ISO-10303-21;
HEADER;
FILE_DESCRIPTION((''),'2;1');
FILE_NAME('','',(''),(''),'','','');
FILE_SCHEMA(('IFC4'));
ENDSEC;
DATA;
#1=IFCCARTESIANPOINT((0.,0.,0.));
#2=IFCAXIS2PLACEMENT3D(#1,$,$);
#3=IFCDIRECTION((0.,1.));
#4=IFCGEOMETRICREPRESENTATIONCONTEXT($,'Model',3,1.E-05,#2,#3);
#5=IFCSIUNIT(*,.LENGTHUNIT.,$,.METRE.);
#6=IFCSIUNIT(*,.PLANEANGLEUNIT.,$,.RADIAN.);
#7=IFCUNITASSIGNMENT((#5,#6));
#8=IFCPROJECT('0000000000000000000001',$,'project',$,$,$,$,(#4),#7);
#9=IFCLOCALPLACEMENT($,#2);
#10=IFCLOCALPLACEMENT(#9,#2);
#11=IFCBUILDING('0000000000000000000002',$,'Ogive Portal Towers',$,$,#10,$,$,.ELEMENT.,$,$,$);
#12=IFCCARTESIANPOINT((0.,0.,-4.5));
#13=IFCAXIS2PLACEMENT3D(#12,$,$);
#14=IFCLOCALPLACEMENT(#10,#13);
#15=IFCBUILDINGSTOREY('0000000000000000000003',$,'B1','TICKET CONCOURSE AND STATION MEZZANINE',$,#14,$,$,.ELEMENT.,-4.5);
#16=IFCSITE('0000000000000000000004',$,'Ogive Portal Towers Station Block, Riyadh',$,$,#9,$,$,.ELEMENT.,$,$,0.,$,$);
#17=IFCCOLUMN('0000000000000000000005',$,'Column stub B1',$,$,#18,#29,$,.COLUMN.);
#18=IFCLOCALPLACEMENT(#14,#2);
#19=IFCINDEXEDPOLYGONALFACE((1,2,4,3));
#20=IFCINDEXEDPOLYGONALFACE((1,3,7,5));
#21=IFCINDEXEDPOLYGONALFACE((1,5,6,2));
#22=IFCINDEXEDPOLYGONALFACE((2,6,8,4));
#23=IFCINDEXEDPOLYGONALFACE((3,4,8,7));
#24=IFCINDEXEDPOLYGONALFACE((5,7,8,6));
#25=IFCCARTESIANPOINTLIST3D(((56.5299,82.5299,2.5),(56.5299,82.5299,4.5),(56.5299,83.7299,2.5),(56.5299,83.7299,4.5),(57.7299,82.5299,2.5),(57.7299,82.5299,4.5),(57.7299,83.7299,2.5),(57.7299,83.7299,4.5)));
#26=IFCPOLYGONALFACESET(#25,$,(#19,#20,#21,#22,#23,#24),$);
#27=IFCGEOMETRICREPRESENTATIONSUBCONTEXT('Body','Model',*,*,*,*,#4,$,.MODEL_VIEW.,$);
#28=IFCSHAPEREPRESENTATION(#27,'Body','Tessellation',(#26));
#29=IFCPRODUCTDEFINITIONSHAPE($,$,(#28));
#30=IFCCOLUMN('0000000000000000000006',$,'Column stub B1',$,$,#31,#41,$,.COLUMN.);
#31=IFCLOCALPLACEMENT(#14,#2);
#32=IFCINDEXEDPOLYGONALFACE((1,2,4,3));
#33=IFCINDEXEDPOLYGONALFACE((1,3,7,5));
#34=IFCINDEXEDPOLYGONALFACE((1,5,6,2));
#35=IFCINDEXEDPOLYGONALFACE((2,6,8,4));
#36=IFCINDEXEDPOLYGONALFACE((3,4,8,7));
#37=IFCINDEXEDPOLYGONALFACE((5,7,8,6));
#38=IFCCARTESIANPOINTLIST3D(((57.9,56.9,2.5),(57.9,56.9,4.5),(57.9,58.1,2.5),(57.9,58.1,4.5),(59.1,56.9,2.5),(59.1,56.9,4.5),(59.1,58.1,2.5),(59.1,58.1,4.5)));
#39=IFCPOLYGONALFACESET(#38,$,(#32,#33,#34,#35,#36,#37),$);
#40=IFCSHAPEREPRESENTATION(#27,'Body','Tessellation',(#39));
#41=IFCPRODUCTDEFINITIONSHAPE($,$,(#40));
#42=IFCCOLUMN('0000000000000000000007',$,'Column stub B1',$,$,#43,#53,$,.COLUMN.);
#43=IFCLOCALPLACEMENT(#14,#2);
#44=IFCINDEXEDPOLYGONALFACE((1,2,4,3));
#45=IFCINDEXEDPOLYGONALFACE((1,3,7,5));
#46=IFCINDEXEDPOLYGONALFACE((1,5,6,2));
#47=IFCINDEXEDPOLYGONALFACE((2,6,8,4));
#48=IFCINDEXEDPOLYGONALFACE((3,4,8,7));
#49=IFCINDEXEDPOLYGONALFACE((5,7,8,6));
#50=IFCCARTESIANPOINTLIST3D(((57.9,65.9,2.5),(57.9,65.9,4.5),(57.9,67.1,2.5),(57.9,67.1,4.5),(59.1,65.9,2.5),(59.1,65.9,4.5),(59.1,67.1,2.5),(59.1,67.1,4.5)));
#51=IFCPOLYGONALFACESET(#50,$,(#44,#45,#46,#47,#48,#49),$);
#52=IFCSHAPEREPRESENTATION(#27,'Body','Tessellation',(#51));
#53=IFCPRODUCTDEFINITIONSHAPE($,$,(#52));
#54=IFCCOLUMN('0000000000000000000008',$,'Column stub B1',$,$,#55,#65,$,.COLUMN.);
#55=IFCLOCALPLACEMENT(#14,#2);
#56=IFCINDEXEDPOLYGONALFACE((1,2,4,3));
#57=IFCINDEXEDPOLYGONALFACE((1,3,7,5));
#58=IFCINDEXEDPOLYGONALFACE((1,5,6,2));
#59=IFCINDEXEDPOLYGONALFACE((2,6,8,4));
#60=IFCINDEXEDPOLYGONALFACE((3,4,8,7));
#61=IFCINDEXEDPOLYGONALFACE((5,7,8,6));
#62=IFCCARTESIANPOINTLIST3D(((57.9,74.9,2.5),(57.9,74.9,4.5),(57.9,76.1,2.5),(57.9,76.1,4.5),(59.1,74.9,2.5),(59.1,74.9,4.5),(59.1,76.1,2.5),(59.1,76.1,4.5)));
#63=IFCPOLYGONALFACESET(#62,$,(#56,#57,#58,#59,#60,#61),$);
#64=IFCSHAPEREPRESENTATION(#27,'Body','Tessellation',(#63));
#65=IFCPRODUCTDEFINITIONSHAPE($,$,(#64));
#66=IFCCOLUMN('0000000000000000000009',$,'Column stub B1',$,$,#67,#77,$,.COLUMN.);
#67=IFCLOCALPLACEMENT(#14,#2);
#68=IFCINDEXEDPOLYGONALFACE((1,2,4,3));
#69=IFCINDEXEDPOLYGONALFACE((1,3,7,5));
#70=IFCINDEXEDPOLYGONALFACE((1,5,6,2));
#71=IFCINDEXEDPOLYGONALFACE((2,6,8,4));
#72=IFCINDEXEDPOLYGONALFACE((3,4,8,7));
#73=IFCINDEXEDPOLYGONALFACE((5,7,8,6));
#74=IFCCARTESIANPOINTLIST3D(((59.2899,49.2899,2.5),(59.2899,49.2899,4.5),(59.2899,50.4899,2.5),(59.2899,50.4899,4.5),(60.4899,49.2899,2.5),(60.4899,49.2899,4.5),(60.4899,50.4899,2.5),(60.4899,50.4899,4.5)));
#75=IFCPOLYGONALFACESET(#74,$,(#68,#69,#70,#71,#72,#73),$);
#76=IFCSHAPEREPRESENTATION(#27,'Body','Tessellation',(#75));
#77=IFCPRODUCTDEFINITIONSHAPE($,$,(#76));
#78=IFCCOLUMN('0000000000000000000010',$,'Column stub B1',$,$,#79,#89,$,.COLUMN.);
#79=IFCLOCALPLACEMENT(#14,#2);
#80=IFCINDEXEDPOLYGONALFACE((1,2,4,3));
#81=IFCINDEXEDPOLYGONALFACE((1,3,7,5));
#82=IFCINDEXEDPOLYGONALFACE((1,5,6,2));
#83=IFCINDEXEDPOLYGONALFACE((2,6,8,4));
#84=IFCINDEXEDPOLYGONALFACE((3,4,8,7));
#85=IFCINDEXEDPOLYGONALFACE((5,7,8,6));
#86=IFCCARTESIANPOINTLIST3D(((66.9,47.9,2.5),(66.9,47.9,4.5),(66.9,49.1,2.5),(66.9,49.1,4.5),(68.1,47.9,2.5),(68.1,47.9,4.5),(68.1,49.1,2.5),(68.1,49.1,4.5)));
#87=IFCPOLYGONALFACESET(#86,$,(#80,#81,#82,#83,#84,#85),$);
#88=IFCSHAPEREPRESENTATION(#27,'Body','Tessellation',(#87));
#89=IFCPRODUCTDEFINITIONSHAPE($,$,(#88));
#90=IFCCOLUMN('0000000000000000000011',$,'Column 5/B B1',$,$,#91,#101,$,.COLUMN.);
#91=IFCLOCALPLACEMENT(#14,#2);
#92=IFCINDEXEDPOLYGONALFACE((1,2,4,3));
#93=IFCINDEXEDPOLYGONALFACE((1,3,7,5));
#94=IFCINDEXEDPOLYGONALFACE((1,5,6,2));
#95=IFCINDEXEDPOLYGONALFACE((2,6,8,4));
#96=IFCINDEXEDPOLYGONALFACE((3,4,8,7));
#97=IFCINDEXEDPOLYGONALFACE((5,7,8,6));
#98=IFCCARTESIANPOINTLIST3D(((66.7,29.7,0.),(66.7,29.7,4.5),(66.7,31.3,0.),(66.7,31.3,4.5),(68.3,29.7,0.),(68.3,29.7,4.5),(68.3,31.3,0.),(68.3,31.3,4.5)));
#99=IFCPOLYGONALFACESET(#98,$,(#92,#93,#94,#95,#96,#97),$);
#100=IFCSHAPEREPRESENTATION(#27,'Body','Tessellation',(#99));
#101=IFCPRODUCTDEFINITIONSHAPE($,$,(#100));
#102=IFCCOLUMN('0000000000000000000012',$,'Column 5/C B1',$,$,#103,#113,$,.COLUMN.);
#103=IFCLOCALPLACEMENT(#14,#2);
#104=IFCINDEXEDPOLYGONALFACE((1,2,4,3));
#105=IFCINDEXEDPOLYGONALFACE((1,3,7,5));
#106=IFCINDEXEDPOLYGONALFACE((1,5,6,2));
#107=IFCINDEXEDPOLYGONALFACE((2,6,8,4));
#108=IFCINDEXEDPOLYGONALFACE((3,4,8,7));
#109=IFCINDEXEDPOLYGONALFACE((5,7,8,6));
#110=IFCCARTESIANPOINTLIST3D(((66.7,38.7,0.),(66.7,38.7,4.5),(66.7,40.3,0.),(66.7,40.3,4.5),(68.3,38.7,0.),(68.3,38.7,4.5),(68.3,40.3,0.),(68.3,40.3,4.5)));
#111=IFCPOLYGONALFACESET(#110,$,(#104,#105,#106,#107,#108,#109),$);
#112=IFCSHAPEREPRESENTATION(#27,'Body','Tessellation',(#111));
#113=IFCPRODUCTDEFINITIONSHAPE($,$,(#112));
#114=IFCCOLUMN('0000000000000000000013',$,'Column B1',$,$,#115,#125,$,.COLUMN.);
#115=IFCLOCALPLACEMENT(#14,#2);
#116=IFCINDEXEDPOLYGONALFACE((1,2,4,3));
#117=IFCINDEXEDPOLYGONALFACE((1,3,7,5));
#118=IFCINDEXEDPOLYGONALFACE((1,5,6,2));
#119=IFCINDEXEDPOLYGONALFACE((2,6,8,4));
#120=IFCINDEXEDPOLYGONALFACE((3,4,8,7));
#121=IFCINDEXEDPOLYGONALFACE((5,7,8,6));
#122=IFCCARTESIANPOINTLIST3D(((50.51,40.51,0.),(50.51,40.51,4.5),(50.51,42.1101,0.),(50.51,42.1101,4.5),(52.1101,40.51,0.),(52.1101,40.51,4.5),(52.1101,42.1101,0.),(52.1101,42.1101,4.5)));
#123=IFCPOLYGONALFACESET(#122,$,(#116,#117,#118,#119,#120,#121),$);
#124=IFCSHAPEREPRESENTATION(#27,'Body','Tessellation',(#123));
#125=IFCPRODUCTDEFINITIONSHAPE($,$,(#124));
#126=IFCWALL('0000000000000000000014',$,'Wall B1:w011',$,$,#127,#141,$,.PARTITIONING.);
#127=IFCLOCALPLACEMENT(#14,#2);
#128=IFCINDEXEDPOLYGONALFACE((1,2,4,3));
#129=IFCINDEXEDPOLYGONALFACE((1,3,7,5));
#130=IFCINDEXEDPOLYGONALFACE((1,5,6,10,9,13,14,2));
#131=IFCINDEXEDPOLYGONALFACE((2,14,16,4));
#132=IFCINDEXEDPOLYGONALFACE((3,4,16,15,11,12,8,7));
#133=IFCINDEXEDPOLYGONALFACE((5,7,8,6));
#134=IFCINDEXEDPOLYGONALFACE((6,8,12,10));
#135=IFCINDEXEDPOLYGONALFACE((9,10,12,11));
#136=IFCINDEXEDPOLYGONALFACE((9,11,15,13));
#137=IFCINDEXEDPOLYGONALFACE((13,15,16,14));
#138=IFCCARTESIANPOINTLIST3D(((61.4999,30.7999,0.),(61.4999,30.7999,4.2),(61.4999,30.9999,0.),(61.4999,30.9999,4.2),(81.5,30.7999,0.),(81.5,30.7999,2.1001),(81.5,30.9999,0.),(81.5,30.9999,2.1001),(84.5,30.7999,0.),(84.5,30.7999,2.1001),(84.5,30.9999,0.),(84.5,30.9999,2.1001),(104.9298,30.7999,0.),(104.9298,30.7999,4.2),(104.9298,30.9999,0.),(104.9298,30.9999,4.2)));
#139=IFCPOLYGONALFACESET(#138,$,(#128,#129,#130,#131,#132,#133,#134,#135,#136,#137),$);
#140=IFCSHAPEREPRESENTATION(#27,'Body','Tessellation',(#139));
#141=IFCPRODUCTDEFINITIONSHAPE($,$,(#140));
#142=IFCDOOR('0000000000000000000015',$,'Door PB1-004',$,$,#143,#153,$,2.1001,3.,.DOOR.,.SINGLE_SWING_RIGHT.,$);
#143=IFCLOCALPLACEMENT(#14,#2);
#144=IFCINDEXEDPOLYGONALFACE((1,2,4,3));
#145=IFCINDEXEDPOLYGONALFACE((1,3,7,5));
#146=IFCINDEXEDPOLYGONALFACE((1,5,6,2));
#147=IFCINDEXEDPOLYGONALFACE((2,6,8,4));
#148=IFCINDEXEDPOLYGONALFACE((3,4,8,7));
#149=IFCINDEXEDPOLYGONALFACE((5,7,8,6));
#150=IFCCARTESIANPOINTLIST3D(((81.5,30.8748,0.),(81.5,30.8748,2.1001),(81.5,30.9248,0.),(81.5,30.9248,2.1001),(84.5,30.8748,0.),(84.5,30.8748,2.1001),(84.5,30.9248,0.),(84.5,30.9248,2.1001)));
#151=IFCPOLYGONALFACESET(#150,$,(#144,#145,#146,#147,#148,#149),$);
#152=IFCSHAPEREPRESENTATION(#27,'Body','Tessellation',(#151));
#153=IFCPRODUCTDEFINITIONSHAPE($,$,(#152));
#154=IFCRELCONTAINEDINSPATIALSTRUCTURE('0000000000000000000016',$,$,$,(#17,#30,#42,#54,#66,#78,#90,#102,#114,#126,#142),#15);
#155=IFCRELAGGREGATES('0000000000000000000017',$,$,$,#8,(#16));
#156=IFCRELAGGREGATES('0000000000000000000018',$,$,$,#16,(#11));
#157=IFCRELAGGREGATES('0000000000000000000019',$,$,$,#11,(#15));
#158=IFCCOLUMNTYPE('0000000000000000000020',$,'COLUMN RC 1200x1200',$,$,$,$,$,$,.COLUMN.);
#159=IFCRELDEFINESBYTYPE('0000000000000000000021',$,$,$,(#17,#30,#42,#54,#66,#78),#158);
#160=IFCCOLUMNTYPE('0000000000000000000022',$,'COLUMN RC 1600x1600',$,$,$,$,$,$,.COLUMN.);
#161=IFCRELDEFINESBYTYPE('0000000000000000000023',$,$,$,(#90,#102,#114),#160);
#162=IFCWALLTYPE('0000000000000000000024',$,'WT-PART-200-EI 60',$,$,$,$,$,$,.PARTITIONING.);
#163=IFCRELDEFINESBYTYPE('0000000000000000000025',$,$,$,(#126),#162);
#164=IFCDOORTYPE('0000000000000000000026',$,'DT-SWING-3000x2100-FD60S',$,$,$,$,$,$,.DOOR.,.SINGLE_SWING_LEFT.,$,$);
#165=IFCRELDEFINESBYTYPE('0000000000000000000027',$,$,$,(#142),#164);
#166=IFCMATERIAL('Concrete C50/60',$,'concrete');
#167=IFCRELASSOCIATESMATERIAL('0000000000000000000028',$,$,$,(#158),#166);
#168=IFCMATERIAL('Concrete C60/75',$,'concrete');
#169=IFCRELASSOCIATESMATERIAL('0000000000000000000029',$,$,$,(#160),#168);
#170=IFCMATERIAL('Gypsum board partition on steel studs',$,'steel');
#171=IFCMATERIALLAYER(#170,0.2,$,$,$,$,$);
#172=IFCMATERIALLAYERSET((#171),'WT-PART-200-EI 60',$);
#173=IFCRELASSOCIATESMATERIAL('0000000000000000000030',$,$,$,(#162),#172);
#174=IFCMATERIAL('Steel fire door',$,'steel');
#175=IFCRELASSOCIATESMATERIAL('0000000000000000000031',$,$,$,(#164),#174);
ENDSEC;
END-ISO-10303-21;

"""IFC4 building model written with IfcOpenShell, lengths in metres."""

from ifc_helpers import new_model, si_unit, direction, frame, frame_2d, origin, origin_2d, place, context, subcontext, project, spatial, rectangle, extrude, material, layer, layer_set, material_profile, profile_set, type_object, element, fill, save


model = new_model("IFC4")

# Units and contexts
model_context = context("Model", 3, precision=1e-05, world=origin(), true_north=direction((0.0, 1.0)))
body_context = subcontext(model_context, "Body", "Model", "MODEL_VIEW")
ifc_project = project(units=[si_unit("LENGTHUNIT", "METRE"), si_unit("PLANEANGLEUNIT", "RADIAN")], contexts=[model_context])

# Site, building, storey
site_placement = place(None, origin())
site = spatial("IfcSite", under=ifc_project, at=site_placement, Name="Ogive Portal Towers Station Block, Riyadh", CompositionType="ELEMENT", RefElevation=0.0)
building_placement = place(site_placement, origin())
building = spatial("IfcBuilding", under=site, at=building_placement, Name="Ogive Portal Towers", CompositionType="ELEMENT")
storey_placement = place(building_placement, frame((0.0, 0.0, -4.5)))
storey = spatial("IfcBuildingStorey", under=building, at=storey_placement, Name="B1", Description="TICKET CONCOURSE AND STATION MEZZANINE", CompositionType="ELEMENT", Elevation=-4.5)

# Columns
ifc_material_1 = material(Name="Concrete C50/60", Category="concrete")
ifc_material_profile_1 = material_profile(ifc_material_1, rectangle(XDim=1.2, YDim=1.2, at=origin_2d()), Name="RC 1200x1200")
ifc_profile_set_1 = profile_set([ifc_material_profile_1], Name="Concrete C50/60")
column_type_1 = type_object("IfcColumnType", Name="COLUMN RC 1200x1200", PredefinedType="COLUMN", material=ifc_profile_set_1)
for number, where, z_axis, x_axis, name in (
    (1, (57.1299, 83.1299, 2.5), (0.0, 0.0, 1.0), (1.0, 0.0, 0.0), "Column stub B1"),
    (2, (58.5, 57.5, 2.5), (0.0, 0.0, 1.0), (1.0, 0.0, 0.0), "Column stub B1"),
    (3, (58.5, 66.5, 2.5), (0.0, 0.0, 1.0), (1.0, 0.0, 0.0), "Column stub B1"),
    (4, (58.5, 75.5, 2.5), (0.0, 0.0, 1.0), (1.0, 0.0, 0.0), "Column stub B1"),
    (5, (59.8899, 49.8899, 2.5), (0.0, 0.0, 1.0), (1.0, 0.0, 0.0), "Column stub B1"),
    (6, (67.5, 48.5, 2.5), (0.0, 0.0, 1.0), (1.0, 0.0, 0.0), "Column stub B1"),
):
    element("IfcColumn", number, at=place(storey_placement, frame(where, z_axis=z_axis, x_axis=x_axis)), inside=storey, type_object=column_type_1, Name=name, PredefinedType="COLUMN", context=body_context, shape_type="SweptSolid", body=[
        extrude(rectangle(XDim=1.2, YDim=1.2, at=origin_2d()), origin(), (0.0, 0.0, 1.0), 2.0),
    ])
ifc_material_2 = material(Name="Concrete C60/75", Category="concrete")
ifc_material_profile_2 = material_profile(ifc_material_2, rectangle(XDim=1.6001, YDim=1.6001, at=origin_2d()), Name="RC 1600x1600")
ifc_profile_set_2 = profile_set([ifc_material_profile_2], Name="Concrete C60/75")
column_type_2 = type_object("IfcColumnType", Name="COLUMN RC 1600x1600", PredefinedType="COLUMN", material=ifc_profile_set_2)
for number, where, z_axis, x_axis, name in (
    (7, (67.5, 30.5, 0.0), (0.0, 0.0, 1.0), (1.0, 0.0, 0.0), "Column 5/B B1"),
    (8, (67.5, 39.5, 0.0), (0.0, 0.0, 1.0), (1.0, 0.0, 0.0), "Column 5/C B1"),
    (9, (51.3101, 41.3101, 0.0), (0.0, 0.0, 1.0), (1.0, 0.0, 0.0), "Column B1"),
):
    element("IfcColumn", number, at=place(storey_placement, frame(where, z_axis=z_axis, x_axis=x_axis)), inside=storey, type_object=column_type_2, Name=name, PredefinedType="COLUMN", context=body_context, shape_type="SweptSolid", body=[
        extrude(rectangle(XDim=1.6001, YDim=1.6001, at=origin_2d()), origin(), (0.0, 0.0, 1.0), 4.5),
    ])

# Wall, opening, door
ifc_material_3 = material(Name="Gypsum board partition on steel studs", Category="steel")
ifc_layer_1 = layer(ifc_material_3, 0.2)
ifc_layer_set_1 = layer_set([ifc_layer_1], Name="WT-PART-200-EI 60")
wall_type_1 = type_object("IfcWallType", Name="WT-PART-200-EI 60", PredefinedType="PARTITIONING", material=ifc_layer_set_1)
wall_1_placement = place(storey_placement, frame((61.5, 30.8999, 0.0), z_axis=(0.0, 0.0, 1.0), x_axis=(1.0, 0.0, 0.0)))
wall_1 = element("IfcWall", 10, at=wall_1_placement, inside=storey, type_object=wall_type_1, Name="Wall B1:w011", PredefinedType="PARTITIONING", context=body_context, shape_type="SweptSolid", body=[
    extrude(rectangle(XDim=43.4299, YDim=0.2, at=frame_2d((21.7148, 0.0))), origin(), (0.0, 0.0, 1.0), 4.2),
])
opening_1_placement = place(wall_1_placement, frame((20.0, 0.0, 0.0)))
opening_1 = element("IfcOpeningElement", 11, at=opening_1_placement, cuts=wall_1, PredefinedType="OPENING", context=body_context, shape_type="SweptSolid", body=[
    extrude(rectangle(XDim=3.0, YDim=2.1001, at=frame_2d((1.5, 1.05))), frame((0.0, 0.1099, 0.0), z_axis=(0.0, -1.0, 0.0), x_axis=(1.0, 0.0, 0.0)), (0.0, 0.0, 1.0), 0.22),
])
ifc_material_4 = material(Name="Steel fire door", Category="steel")
door_type_1 = type_object("IfcDoorType", Name="DT-SWING-3000x2100-FD60S", OperationType="SINGLE_SWING_LEFT", PredefinedType="DOOR", material=ifc_material_4)
door_1_placement = place(opening_1_placement, origin())
door_1 = element("IfcDoor", 12, at=door_1_placement, inside=storey, type_object=door_type_1, Name="Door PB1-004", OperationType="SINGLE_SWING_RIGHT", OverallHeight=2.1001, OverallWidth=3.0, PredefinedType="DOOR", context=body_context, shape_type="SweptSolid", body=[
    extrude(rectangle(XDim=3.0, YDim=2.1001, at=frame_2d((1.5, 1.05))), frame((0.0, 0.0249, 0.0), z_axis=(0.0, -1.0, 0.0), x_axis=(1.0, 0.0, 0.0)), (0.0, 0.0, 1.0), 0.05),
])
fill(opening_1, door_1)

save(model, "model.ifc")
